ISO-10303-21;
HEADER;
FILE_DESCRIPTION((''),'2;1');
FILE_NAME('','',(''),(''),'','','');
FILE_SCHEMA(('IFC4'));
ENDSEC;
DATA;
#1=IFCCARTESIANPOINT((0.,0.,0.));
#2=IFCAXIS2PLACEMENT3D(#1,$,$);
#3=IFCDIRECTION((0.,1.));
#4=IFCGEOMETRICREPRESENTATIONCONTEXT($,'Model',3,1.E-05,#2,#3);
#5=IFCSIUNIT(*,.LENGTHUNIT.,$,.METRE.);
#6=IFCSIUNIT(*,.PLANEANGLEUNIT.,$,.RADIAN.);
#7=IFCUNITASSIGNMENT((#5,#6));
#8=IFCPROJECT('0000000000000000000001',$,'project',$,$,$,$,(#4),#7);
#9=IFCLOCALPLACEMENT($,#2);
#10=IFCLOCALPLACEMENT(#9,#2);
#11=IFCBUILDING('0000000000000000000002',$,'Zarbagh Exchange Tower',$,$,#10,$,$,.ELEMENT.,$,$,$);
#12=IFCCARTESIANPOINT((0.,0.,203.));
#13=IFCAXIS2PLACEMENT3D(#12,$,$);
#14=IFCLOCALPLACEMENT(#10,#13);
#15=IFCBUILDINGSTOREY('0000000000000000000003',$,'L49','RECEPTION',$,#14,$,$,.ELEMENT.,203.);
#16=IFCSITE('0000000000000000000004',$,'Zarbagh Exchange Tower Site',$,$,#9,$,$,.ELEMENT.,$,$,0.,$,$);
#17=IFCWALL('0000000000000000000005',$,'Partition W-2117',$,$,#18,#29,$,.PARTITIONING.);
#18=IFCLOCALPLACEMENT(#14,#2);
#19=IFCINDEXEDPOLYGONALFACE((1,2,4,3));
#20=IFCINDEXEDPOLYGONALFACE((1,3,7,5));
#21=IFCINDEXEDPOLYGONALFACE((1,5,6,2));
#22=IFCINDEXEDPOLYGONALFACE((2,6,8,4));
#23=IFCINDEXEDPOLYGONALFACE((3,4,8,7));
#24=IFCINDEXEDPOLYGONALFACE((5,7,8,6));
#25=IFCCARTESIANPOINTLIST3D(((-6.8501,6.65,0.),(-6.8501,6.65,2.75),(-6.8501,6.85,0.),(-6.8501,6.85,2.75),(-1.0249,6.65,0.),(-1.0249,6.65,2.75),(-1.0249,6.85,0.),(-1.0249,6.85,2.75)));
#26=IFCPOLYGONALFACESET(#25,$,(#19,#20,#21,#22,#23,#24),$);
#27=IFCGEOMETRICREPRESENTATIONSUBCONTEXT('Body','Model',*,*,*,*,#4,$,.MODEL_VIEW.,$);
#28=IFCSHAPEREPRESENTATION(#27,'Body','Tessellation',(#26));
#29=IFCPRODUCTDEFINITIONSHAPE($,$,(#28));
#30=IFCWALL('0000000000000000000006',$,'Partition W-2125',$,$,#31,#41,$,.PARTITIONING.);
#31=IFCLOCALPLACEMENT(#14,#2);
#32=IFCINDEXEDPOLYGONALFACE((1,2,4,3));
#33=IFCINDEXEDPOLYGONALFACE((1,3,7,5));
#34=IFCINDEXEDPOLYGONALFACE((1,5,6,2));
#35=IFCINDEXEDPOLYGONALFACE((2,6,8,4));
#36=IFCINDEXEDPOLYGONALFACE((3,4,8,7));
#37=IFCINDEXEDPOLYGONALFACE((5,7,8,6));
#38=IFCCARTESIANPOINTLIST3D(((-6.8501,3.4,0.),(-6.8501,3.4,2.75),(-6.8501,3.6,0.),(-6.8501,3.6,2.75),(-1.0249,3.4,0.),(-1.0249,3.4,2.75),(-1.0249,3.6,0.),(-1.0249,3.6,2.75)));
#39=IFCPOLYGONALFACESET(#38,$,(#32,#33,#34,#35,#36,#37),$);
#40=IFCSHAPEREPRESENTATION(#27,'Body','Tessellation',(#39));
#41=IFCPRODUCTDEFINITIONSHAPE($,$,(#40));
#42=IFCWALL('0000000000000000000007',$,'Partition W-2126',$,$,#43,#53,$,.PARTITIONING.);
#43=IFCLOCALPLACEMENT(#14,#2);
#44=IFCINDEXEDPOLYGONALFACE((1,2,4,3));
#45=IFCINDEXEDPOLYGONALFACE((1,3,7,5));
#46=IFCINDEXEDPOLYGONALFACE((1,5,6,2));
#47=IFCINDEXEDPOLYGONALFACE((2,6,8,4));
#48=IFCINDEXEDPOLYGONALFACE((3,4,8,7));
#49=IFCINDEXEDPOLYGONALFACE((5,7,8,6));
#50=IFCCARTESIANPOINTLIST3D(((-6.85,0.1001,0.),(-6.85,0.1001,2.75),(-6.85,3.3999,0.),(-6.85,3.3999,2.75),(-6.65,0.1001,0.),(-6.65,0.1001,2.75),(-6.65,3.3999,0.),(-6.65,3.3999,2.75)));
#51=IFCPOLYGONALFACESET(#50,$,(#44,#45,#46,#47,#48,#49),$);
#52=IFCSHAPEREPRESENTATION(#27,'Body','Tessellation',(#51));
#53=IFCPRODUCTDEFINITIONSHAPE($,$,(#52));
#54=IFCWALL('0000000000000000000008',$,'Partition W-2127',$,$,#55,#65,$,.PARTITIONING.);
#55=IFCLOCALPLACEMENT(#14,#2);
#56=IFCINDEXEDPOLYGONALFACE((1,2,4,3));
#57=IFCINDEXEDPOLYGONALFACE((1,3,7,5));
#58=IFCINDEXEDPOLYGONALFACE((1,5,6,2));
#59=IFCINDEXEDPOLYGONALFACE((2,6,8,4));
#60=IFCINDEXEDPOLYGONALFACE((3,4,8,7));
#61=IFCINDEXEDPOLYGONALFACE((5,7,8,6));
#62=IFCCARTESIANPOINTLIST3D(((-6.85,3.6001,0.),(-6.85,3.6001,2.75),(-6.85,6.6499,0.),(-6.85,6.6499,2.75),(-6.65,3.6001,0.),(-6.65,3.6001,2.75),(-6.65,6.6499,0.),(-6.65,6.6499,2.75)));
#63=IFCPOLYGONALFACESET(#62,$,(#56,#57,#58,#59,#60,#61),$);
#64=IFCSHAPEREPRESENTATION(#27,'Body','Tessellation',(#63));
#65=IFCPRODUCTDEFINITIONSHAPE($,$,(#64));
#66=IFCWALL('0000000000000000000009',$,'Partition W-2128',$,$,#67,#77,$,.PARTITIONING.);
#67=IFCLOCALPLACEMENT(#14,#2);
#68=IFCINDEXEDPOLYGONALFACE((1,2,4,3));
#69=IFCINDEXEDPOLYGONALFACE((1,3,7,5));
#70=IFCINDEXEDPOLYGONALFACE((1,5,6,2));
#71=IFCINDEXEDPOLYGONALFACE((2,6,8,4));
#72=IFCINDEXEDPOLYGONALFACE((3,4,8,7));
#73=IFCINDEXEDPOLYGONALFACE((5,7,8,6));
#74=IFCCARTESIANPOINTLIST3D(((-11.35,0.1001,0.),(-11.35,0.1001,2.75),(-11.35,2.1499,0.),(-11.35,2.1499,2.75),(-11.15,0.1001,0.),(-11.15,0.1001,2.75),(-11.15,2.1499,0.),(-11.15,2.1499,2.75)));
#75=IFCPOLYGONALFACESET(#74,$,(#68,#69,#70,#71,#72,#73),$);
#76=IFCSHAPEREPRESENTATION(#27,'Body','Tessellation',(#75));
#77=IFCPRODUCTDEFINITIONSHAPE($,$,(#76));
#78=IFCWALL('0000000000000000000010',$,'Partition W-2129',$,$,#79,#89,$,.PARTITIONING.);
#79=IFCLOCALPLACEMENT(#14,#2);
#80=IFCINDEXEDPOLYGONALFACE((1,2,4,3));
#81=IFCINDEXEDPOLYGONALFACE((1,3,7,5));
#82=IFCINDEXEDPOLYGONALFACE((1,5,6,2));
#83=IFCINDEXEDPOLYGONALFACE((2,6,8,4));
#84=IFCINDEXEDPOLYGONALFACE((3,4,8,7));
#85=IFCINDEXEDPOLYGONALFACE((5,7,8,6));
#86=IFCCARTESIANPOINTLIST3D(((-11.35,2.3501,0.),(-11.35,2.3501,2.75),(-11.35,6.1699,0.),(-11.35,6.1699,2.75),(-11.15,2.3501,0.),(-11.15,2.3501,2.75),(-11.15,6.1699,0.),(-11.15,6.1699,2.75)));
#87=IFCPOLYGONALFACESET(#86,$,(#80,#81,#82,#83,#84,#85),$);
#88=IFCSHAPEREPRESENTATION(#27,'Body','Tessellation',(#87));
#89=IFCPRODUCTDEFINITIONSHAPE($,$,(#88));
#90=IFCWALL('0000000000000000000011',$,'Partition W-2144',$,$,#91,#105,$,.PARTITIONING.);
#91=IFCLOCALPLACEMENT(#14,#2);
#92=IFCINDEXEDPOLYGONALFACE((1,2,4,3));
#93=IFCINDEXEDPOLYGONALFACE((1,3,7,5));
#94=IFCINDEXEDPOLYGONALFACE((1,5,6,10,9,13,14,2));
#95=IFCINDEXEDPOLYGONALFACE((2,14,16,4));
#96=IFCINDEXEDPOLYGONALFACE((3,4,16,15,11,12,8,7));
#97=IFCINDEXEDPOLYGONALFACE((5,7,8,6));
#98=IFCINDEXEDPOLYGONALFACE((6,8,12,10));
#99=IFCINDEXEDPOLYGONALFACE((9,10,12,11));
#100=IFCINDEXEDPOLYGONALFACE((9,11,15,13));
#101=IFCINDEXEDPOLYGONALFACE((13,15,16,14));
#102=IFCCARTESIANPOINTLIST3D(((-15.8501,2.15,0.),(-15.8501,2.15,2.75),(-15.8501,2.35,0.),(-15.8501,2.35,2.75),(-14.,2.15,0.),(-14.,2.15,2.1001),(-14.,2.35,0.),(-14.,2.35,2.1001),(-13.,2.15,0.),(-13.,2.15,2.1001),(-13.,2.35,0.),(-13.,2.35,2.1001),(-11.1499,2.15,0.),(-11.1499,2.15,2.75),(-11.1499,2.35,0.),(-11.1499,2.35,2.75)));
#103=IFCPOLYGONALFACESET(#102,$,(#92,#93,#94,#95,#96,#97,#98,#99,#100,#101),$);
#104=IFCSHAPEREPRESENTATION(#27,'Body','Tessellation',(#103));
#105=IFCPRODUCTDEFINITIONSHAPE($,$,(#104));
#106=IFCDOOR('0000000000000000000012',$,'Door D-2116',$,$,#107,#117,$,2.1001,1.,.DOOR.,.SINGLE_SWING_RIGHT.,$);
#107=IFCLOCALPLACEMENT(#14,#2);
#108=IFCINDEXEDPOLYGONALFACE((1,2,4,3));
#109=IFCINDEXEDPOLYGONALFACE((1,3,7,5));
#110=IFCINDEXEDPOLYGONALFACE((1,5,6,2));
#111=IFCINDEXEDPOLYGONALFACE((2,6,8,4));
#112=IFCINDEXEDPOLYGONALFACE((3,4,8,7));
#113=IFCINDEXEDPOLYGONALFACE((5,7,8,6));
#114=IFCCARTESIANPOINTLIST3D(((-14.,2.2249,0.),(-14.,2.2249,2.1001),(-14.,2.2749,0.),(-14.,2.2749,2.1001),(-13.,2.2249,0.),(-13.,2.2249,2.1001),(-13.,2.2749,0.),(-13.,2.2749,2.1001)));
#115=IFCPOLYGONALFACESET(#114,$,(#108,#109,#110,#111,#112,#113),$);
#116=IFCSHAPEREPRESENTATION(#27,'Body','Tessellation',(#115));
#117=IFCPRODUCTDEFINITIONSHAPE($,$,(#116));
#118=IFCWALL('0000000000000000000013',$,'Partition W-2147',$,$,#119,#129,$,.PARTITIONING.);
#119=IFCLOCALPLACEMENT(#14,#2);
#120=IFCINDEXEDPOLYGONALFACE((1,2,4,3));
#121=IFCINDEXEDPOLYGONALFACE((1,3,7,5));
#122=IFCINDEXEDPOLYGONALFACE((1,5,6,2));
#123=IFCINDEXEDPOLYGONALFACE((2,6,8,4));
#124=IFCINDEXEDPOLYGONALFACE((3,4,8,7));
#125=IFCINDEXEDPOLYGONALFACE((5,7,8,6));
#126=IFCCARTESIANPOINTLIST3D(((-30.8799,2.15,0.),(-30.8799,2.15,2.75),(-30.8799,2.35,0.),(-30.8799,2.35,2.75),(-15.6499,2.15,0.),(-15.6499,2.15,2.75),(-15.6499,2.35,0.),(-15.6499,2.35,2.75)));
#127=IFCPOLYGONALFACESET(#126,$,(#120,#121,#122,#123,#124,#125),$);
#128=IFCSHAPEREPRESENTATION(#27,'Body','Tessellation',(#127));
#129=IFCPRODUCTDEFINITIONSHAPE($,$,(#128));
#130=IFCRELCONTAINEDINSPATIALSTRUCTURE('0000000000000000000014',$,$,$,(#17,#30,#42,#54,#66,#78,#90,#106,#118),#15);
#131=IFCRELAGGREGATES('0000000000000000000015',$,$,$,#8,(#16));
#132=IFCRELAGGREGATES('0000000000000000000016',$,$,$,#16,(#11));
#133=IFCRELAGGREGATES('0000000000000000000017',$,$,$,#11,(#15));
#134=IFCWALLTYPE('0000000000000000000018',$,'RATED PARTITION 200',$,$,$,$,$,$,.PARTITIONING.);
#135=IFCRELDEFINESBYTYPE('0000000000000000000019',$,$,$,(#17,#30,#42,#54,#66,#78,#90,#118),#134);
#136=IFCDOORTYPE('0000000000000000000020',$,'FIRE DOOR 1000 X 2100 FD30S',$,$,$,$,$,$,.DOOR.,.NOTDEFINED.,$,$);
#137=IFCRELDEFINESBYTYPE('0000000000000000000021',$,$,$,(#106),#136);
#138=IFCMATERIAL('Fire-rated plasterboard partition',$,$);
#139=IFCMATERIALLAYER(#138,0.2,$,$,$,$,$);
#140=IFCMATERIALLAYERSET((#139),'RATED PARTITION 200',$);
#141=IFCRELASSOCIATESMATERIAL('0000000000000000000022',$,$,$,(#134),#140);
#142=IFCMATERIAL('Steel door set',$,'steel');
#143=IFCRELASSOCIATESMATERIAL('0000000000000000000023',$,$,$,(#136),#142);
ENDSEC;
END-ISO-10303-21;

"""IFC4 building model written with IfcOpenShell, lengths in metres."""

from ifc_helpers import new_model, si_unit, direction, frame, frame_2d, origin, place, context, subcontext, project, spatial, rectangle, extrude, material, layer, layer_set, type_object, element, fill, save


model = new_model("IFC4")

# Units and contexts
model_context = context("Model", 3, precision=1e-05, world=origin(), true_north=direction((0.0, 1.0)))
body_context = subcontext(model_context, "Body", "Model", "MODEL_VIEW")
ifc_project = project(units=[si_unit("LENGTHUNIT", "METRE"), si_unit("PLANEANGLEUNIT", "RADIAN")], contexts=[model_context])

# Site, building, storey
site_placement = place(None, origin())
site = spatial("IfcSite", under=ifc_project, at=site_placement, Name="Zarbagh Exchange Tower Site", CompositionType="ELEMENT", RefElevation=0.0)
building_placement = place(site_placement, origin())
building = spatial("IfcBuilding", under=site, at=building_placement, Name="Zarbagh Exchange Tower", CompositionType="ELEMENT")
storey_placement = place(building_placement, frame((0.0, 0.0, 203.0)))
storey = spatial("IfcBuildingStorey", under=building, at=storey_placement, Name="L49", Description="RECEPTION", CompositionType="ELEMENT", Elevation=203.0)

# Walls
ifc_material_1 = material(Name="Fire-rated plasterboard partition")
ifc_layer = layer(ifc_material_1, 0.2)
ifc_layer_set = layer_set([ifc_layer], Name="RATED PARTITION 200")
wall_type = type_object("IfcWallType", Name="RATED PARTITION 200", PredefinedType="PARTITIONING", material=ifc_layer_set)
for number, where, z_axis, x_axis, name in (
    (1, (-6.8501, 6.75, 0.0), (0.0, 0.0, 1.0), (1.0, 0.0, 0.0), "Partition W-2117"),
    (2, (-6.8501, 3.5, 0.0), (0.0, 0.0, 1.0), (1.0, 0.0, 0.0), "Partition W-2125"),
):
    element("IfcWall", number, at=place(storey_placement, frame(where, z_axis=z_axis, x_axis=x_axis)), inside=storey, type_object=wall_type, Name=name, PredefinedType="PARTITIONING", context=body_context, shape_type="SweptSolid", body=[
        extrude(rectangle(XDim=5.8252, YDim=0.2, at=frame_2d((2.9126, 0.0))), origin(), (0.0, 0.0, 1.0), 2.75),
    ])
wall_1_placement = place(storey_placement, frame((-6.75, 0.1001, 0.0), z_axis=(0.0, 0.0, 1.0), x_axis=(0.0, 1.0, 0.0)))
element("IfcWall", 3, at=wall_1_placement, inside=storey, type_object=wall_type, Name="Partition W-2126", PredefinedType="PARTITIONING", context=body_context, shape_type="SweptSolid", body=[
    extrude(rectangle(XDim=3.2998, YDim=0.2, at=frame_2d((1.6499, 0.0))), origin(), (0.0, 0.0, 1.0), 2.75),
])
wall_2_placement = place(storey_placement, frame((-6.75, 3.6001, 0.0), z_axis=(0.0, 0.0, 1.0), x_axis=(0.0, 1.0, 0.0)))
element("IfcWall", 4, at=wall_2_placement, inside=storey, type_object=wall_type, Name="Partition W-2127", PredefinedType="PARTITIONING", context=body_context, shape_type="SweptSolid", body=[
    extrude(rectangle(XDim=3.0498, YDim=0.2, at=frame_2d((1.5249, 0.0))), origin(), (0.0, 0.0, 1.0), 2.75),
])
wall_3_placement = place(storey_placement, frame((-11.25, 0.1001, 0.0), z_axis=(0.0, 0.0, 1.0), x_axis=(0.0, 1.0, 0.0)))
element("IfcWall", 5, at=wall_3_placement, inside=storey, type_object=wall_type, Name="Partition W-2128", PredefinedType="PARTITIONING", context=body_context, shape_type="SweptSolid", body=[
    extrude(rectangle(XDim=2.0498, YDim=0.2, at=frame_2d((1.0249, 0.0))), origin(), (0.0, 0.0, 1.0), 2.75),
])
wall_4_placement = place(storey_placement, frame((-11.25, 2.3501, 0.0), z_axis=(0.0, 0.0, 1.0), x_axis=(0.0, 1.0, 0.0)))
element("IfcWall", 6, at=wall_4_placement, inside=storey, type_object=wall_type, Name="Partition W-2129", PredefinedType="PARTITIONING", context=body_context, shape_type="SweptSolid", body=[
    extrude(rectangle(XDim=3.8198, YDim=0.2, at=frame_2d((1.9099, 0.0))), origin(), (0.0, 0.0, 1.0), 2.75),
])

# Wall, opening, door
wall_5_placement = place(storey_placement, frame((-15.8501, 2.25, 0.0), z_axis=(0.0, 0.0, 1.0), x_axis=(1.0, 0.0, 0.0)))
wall_5 = element("IfcWall", 7, at=wall_5_placement, inside=storey, type_object=wall_type, Name="Partition W-2144", PredefinedType="PARTITIONING", context=body_context, shape_type="SweptSolid", body=[
    extrude(rectangle(XDim=4.7002, YDim=0.2, at=frame_2d((2.3501, 0.0))), origin(), (0.0, 0.0, 1.0), 2.75),
])
opening_placement = place(wall_5_placement, frame((1.8501, 0.0, 0.0)))
opening = element("IfcOpeningElement", 8, at=opening_placement, cuts=wall_5, PredefinedType="OPENING", context=body_context, shape_type="SweptSolid", body=[
    extrude(rectangle(XDim=1.0, YDim=2.1001, at=frame_2d((0.5, 1.05))), frame((0.0, 0.1099, 0.0), z_axis=(0.0, -1.0, 0.0), x_axis=(1.0, 0.0, 0.0)), (0.0, 0.0, 1.0), 0.22),
])
ifc_material_2 = material(Name="Steel door set", Category="steel")
door_type = type_object("IfcDoorType", Name="FIRE DOOR 1000 X 2100 FD30S", OperationType="NOTDEFINED", PredefinedType="DOOR", material=ifc_material_2)
door_placement = place(opening_placement, origin())
door = element("IfcDoor", 9, at=door_placement, inside=storey, type_object=door_type, Name="Door D-2116", OperationType="SINGLE_SWING_RIGHT", OverallHeight=2.1001, OverallWidth=1.0, PredefinedType="DOOR", context=body_context, shape_type="SweptSolid", body=[
    extrude(rectangle(XDim=1.0, YDim=2.1001, at=frame_2d((0.5, 1.05))), frame((0.0, 0.0249, 0.0), z_axis=(0.0, -1.0, 0.0), x_axis=(1.0, 0.0, 0.0)), (0.0, 0.0, 1.0), 0.05),
])
fill(opening, door)

# Wall
wall_6_placement = place(storey_placement, frame((-30.8799, 2.25, 0.0), z_axis=(0.0, 0.0, 1.0), x_axis=(1.0, 0.0, 0.0)))
element("IfcWall", 10, at=wall_6_placement, inside=storey, type_object=wall_type, Name="Partition W-2147", PredefinedType="PARTITIONING", context=body_context, shape_type="SweptSolid", body=[
    extrude(rectangle(XDim=15.23, YDim=0.2, at=frame_2d((7.615, 0.0))), origin(), (0.0, 0.0, 1.0), 2.75),
])

save(model, "model.ifc")
